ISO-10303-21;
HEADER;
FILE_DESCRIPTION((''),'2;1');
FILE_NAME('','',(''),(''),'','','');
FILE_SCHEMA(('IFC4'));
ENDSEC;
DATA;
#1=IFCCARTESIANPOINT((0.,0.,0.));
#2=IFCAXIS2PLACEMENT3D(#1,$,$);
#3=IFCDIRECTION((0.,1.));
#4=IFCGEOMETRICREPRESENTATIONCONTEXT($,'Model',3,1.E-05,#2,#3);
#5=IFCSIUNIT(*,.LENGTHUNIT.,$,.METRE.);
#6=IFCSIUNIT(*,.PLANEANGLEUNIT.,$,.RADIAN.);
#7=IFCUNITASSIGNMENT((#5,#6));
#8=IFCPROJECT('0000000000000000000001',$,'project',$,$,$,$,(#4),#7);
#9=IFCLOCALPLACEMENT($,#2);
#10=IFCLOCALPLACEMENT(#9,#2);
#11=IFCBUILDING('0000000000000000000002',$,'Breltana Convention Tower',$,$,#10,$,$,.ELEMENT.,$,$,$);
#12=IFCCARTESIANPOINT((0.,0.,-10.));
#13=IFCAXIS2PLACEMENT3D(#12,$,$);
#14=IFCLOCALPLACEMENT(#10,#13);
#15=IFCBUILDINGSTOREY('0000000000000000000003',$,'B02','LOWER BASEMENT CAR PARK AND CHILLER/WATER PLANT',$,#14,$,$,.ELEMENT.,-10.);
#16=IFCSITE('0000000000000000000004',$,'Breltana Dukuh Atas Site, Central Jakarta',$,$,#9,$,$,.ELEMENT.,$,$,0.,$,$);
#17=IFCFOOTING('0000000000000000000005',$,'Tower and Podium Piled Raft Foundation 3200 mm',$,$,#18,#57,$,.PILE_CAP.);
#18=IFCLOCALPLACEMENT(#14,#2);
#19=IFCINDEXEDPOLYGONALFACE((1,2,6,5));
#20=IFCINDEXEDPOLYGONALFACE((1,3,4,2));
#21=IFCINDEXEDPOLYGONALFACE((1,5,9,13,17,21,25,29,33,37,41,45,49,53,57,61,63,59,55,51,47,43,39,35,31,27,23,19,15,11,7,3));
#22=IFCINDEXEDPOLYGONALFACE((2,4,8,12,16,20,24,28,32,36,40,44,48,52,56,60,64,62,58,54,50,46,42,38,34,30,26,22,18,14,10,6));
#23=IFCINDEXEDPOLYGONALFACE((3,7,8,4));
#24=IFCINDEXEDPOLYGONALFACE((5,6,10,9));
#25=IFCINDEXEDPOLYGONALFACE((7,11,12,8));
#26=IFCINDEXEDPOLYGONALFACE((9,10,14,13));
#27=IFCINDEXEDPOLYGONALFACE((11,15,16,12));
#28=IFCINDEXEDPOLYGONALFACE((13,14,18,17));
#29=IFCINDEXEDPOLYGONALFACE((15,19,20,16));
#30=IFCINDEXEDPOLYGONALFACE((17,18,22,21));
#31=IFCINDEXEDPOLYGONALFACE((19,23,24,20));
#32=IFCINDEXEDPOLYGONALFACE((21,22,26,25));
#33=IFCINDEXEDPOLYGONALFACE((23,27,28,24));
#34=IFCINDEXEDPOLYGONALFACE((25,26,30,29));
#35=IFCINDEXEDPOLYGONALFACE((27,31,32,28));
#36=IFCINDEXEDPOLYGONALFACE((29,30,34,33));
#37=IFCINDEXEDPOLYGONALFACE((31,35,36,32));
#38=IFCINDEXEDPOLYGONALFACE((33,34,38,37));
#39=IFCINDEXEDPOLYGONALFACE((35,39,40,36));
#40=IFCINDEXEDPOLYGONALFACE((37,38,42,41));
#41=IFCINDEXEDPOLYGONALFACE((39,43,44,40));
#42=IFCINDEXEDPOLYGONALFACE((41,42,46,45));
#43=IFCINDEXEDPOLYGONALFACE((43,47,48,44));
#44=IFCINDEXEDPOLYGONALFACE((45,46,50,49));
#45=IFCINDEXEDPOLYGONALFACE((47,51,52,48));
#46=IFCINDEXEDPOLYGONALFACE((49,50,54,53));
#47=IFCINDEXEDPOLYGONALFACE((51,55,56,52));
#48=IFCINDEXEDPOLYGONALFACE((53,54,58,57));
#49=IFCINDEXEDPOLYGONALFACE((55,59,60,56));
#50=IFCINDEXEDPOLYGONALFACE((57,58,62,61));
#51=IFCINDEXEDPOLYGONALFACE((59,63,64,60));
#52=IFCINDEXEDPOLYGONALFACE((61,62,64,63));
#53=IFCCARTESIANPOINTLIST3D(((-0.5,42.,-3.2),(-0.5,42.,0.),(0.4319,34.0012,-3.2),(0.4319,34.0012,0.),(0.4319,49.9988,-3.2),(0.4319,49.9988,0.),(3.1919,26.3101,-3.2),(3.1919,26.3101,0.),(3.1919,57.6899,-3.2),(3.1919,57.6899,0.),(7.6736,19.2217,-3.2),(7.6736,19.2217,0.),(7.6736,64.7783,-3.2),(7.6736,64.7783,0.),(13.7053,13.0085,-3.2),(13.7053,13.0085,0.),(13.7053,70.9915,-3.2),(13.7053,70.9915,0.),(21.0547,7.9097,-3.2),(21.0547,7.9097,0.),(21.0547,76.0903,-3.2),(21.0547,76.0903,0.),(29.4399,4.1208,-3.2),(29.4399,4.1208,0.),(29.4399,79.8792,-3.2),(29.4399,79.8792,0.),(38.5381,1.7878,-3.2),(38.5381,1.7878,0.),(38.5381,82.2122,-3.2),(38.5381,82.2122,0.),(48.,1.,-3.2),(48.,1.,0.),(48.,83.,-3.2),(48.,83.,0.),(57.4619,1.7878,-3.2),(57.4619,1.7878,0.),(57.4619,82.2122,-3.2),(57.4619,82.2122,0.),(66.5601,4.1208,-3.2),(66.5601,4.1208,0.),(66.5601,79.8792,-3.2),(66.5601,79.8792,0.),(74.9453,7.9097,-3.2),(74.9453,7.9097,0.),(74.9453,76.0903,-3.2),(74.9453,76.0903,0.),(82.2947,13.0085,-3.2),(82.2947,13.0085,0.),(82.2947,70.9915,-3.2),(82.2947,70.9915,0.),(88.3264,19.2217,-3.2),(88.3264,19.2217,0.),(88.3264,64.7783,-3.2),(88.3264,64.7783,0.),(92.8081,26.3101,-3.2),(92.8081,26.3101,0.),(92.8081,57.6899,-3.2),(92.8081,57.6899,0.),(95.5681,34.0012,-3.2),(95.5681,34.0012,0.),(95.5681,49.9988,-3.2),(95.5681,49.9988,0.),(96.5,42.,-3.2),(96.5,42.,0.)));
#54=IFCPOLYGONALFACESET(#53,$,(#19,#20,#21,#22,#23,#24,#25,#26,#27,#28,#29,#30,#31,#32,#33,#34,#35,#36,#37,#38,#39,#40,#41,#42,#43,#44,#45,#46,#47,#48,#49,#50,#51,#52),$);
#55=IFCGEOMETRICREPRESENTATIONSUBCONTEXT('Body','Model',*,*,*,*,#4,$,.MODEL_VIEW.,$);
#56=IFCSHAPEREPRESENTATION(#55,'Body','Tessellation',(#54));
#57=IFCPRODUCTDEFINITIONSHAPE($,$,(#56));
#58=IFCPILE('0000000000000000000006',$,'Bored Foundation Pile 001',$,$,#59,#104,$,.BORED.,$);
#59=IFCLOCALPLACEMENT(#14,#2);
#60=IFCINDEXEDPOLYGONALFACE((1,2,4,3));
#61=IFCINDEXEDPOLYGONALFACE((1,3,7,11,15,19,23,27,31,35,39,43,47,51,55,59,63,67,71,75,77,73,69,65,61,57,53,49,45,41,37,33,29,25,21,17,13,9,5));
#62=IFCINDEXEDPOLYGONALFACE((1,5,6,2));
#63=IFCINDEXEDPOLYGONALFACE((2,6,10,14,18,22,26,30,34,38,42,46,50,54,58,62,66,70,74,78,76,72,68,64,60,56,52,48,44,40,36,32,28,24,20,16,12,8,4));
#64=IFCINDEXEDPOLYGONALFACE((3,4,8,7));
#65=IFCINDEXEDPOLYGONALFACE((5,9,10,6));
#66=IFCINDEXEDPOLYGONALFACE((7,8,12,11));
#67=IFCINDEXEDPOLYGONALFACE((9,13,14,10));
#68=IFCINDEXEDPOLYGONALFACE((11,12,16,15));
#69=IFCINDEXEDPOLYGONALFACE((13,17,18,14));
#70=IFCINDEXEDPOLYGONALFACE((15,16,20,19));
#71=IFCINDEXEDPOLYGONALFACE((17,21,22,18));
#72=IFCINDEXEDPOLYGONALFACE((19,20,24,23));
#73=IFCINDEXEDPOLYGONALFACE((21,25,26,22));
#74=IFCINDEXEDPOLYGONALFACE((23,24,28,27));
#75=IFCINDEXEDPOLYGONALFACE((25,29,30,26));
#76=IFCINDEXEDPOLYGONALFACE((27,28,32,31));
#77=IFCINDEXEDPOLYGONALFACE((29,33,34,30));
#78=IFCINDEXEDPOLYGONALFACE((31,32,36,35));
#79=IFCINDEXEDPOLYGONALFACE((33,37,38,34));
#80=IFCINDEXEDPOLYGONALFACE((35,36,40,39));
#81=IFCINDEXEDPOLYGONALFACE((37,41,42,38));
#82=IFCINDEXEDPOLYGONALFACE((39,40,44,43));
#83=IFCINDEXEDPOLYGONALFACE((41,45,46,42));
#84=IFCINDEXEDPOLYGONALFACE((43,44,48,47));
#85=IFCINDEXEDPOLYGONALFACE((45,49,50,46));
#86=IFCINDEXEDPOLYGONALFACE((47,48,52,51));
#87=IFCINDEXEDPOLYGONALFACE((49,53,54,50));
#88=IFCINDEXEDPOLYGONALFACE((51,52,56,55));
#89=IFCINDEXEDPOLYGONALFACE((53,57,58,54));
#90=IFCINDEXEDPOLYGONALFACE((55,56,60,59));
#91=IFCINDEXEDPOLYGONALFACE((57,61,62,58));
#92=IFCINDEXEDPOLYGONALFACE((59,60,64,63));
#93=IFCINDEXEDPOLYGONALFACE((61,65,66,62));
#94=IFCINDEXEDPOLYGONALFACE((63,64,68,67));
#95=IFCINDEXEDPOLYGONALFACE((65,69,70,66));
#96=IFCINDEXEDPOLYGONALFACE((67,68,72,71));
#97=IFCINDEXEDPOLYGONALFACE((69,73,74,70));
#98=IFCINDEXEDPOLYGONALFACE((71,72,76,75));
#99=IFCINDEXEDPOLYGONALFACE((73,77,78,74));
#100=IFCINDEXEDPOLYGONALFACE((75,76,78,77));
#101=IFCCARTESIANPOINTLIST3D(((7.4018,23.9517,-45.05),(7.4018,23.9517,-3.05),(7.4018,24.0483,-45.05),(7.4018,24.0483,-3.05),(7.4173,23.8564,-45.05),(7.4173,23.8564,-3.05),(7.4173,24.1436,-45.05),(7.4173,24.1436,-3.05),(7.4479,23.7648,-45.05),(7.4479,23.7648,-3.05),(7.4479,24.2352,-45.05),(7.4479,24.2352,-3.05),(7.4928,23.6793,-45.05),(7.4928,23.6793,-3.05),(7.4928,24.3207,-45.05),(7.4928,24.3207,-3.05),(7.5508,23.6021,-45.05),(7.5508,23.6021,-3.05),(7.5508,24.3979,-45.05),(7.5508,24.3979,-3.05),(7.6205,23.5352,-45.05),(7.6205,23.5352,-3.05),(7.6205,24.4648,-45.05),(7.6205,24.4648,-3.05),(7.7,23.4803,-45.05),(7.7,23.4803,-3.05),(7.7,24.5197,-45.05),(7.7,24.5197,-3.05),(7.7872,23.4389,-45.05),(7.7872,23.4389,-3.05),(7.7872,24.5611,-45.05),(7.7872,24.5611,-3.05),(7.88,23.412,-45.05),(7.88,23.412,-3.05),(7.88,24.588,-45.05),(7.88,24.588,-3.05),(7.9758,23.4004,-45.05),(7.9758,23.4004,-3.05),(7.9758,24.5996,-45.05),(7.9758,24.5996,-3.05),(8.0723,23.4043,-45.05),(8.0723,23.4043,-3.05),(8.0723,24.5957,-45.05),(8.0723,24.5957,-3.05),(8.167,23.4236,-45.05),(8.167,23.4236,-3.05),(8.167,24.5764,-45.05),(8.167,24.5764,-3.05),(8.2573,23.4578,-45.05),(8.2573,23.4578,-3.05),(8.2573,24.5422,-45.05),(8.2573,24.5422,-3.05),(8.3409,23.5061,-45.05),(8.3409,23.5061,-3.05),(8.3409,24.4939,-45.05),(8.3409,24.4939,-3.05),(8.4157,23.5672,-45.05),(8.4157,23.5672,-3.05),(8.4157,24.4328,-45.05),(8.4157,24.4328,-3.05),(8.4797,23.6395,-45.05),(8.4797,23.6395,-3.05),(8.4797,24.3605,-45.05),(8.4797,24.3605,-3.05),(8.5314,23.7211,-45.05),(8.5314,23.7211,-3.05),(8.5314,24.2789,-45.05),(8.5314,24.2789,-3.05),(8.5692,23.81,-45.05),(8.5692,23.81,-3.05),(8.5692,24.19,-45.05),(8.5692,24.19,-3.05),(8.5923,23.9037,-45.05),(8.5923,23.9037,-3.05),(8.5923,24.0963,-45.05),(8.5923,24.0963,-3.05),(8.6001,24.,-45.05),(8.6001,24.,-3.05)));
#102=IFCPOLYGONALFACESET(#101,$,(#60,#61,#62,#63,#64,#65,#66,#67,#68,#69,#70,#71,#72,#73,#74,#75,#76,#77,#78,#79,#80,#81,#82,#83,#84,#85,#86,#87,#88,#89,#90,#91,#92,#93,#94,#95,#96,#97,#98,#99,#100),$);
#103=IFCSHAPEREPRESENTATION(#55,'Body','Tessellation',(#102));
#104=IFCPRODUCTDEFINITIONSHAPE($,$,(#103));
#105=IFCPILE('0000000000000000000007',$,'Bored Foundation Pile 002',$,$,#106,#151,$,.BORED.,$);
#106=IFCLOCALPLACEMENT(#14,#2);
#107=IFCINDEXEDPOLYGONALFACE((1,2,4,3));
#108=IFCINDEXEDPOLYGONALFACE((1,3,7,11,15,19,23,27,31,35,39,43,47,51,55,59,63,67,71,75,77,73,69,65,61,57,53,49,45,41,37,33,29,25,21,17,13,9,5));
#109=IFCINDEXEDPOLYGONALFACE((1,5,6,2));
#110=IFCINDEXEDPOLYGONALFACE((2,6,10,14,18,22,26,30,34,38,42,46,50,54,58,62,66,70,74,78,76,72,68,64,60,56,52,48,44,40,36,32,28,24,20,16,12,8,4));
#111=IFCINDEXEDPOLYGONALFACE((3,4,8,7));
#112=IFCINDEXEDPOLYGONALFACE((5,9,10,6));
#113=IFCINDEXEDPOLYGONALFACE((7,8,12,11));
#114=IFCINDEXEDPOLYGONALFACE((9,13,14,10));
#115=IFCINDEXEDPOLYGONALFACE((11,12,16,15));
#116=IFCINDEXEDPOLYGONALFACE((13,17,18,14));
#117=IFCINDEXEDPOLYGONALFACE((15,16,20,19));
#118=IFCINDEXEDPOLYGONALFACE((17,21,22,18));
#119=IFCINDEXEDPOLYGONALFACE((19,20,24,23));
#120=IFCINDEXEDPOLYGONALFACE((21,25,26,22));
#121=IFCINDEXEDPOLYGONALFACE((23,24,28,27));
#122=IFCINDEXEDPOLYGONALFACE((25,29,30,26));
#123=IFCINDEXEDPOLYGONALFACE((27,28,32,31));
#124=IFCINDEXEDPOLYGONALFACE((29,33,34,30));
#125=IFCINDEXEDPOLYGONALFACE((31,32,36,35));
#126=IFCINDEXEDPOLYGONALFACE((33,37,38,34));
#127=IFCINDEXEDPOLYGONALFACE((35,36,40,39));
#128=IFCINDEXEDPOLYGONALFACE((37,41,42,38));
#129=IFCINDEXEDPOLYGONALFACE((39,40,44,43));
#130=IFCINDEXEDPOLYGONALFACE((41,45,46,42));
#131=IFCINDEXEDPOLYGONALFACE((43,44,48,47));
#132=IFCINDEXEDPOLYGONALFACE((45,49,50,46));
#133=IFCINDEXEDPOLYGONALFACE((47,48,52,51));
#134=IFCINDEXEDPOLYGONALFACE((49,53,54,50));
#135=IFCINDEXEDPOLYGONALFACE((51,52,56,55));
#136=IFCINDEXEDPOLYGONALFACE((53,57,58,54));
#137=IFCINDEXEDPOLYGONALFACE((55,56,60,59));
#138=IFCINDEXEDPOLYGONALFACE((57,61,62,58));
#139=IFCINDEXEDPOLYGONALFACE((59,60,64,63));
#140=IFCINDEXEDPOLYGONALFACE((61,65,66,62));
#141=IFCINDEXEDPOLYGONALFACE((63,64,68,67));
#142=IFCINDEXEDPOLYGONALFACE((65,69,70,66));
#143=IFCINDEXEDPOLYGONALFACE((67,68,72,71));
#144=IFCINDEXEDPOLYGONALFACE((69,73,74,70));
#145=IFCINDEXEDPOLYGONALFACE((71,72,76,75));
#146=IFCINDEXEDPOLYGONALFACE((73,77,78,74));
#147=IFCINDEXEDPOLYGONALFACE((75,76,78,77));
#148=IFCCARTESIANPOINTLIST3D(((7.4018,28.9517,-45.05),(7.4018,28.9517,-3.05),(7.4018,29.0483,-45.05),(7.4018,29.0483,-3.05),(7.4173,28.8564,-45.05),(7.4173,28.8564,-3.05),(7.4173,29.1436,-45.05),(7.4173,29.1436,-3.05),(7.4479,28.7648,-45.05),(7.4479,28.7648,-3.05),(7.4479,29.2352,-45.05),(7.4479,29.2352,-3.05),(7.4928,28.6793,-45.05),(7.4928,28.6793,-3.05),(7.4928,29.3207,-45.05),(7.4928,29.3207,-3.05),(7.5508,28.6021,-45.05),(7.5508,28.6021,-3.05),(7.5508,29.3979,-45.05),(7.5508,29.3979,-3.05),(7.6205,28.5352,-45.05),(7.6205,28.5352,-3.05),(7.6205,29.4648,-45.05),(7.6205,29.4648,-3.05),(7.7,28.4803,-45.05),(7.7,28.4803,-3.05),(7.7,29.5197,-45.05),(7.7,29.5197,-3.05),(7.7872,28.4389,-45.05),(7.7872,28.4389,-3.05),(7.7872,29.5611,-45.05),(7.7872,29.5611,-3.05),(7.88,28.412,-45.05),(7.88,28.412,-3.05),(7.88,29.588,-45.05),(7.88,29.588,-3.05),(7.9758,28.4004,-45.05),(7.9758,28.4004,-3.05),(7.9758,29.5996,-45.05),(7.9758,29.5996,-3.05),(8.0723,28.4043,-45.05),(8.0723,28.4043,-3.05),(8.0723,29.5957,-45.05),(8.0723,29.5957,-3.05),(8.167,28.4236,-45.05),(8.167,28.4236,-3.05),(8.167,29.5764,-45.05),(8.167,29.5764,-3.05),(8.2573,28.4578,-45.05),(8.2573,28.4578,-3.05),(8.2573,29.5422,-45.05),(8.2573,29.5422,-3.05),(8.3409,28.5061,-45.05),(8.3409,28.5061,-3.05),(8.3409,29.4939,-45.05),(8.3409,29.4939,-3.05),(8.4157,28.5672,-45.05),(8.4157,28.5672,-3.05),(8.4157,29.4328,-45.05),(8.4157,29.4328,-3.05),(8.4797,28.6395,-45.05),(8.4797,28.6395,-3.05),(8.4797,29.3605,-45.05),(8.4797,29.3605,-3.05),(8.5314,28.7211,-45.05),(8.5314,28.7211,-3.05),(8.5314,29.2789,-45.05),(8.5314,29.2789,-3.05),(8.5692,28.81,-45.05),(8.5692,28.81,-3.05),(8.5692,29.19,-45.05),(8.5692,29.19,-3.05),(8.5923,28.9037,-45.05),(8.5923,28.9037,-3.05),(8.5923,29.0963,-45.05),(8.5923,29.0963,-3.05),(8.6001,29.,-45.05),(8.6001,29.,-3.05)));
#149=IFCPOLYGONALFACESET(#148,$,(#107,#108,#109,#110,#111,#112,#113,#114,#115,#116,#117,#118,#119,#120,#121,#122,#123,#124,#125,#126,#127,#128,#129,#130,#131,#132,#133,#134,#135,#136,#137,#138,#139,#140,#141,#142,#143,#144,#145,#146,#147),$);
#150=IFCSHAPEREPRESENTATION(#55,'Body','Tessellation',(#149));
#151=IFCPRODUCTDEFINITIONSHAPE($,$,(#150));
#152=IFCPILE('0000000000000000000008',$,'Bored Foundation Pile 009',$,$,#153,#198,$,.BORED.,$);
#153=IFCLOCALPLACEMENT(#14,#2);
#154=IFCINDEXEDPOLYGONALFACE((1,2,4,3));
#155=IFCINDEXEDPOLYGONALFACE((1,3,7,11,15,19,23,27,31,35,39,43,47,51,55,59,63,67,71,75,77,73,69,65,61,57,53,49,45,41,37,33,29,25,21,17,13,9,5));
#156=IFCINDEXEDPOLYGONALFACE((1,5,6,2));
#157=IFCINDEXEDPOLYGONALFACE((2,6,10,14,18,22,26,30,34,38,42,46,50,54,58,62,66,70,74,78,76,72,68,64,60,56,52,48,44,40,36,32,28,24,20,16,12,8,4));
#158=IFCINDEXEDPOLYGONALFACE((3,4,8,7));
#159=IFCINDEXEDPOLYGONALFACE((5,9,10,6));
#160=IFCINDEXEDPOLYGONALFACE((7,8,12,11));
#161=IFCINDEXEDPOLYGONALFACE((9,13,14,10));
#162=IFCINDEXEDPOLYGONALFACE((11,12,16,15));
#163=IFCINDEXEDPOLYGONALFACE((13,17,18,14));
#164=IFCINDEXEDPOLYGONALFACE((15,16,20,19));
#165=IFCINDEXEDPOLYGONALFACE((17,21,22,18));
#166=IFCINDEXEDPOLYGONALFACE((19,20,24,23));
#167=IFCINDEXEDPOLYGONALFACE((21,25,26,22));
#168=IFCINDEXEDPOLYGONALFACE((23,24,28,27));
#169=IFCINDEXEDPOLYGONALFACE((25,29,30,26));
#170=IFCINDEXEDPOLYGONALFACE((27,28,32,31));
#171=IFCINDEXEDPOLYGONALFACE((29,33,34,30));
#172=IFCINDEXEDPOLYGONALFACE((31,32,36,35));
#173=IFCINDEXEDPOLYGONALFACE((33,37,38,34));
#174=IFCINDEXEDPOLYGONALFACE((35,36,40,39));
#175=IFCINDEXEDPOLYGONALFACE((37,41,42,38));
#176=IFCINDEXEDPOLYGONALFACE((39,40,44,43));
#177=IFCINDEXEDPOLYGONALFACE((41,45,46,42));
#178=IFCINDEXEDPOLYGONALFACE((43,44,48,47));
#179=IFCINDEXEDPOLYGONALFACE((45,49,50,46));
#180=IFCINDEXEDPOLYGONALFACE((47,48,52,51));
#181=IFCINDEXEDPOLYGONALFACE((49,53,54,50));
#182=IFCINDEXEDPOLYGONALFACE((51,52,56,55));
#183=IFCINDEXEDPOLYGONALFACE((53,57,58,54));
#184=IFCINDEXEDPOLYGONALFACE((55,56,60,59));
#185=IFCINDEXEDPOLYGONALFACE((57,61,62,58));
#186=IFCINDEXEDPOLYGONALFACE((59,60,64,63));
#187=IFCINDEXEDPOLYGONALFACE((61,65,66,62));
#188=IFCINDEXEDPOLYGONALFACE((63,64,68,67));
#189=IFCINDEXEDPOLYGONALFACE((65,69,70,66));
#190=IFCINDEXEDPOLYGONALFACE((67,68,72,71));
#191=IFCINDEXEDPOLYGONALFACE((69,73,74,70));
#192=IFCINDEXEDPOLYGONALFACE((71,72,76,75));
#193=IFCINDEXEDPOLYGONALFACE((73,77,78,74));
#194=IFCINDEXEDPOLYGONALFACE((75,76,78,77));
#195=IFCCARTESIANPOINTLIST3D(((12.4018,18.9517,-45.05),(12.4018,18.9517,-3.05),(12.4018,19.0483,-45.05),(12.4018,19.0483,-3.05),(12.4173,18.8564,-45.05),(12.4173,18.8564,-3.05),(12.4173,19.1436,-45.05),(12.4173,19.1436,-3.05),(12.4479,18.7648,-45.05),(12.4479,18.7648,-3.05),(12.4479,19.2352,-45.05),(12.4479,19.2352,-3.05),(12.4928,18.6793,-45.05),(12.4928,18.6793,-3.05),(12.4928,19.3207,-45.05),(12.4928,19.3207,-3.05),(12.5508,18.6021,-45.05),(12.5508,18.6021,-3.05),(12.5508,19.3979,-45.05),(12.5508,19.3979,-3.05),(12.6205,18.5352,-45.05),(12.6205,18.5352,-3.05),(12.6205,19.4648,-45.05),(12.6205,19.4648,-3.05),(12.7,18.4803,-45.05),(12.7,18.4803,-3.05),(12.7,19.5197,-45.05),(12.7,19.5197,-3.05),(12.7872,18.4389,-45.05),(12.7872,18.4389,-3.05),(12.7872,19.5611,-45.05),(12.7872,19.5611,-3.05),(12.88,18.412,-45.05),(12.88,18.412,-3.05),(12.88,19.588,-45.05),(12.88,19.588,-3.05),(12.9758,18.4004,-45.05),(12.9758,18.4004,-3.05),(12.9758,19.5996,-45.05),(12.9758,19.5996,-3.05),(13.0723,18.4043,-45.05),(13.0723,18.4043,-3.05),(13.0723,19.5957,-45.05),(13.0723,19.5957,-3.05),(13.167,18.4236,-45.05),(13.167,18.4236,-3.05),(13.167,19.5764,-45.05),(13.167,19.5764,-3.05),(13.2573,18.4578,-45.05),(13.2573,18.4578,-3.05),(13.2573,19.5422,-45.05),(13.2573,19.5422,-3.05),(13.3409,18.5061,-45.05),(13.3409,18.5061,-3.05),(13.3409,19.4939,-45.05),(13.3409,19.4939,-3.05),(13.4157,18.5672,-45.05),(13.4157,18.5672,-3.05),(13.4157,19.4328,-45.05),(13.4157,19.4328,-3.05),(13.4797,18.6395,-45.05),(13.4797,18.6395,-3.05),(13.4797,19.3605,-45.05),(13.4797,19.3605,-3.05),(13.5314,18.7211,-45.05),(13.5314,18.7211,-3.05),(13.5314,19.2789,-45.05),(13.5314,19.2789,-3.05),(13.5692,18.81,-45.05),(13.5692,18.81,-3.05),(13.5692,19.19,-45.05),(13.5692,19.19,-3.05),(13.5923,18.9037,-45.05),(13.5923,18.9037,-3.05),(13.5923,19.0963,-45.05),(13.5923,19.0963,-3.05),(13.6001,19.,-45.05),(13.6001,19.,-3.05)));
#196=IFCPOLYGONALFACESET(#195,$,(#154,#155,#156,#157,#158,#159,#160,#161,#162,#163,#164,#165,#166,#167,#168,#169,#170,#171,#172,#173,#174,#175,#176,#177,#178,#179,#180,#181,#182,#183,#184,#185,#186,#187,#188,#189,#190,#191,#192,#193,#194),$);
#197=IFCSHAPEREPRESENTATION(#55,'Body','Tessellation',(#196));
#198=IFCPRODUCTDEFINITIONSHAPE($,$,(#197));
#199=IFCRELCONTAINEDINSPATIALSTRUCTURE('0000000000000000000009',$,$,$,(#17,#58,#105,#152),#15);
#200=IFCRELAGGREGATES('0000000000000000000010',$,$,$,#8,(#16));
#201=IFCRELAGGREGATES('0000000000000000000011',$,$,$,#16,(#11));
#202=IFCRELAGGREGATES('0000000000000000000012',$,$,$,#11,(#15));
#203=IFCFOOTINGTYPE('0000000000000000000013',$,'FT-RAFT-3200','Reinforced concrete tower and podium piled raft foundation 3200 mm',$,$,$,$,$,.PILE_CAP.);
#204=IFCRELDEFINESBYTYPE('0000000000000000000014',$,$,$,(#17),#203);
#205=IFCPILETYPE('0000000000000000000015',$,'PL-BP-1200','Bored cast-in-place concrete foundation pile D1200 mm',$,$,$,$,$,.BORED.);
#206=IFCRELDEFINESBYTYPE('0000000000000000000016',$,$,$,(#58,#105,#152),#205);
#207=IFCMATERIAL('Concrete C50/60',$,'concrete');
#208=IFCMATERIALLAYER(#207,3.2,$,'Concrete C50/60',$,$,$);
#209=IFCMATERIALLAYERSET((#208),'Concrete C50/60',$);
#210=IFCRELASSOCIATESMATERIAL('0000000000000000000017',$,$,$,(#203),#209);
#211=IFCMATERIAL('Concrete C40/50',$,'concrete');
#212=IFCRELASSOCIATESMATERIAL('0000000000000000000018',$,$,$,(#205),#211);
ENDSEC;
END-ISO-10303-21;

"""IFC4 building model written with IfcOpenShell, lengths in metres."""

from ifc_helpers import new_model, si_unit, direction, frame, origin, origin_2d, place, context, subcontext, project, spatial, polyline, circle, outline, extrude, source, transform, mapped, material, layer, layer_set, material_profile, profile_set, type_object, type_shapes, element, save


model = new_model("IFC4")

# Units and contexts
model_context = context("Model", 3, precision=1e-05, world=origin(), true_north=direction((0.0, 1.0)))
body_context = subcontext(model_context, "Body", "Model", "MODEL_VIEW")
ifc_project = project(units=[si_unit("LENGTHUNIT", "METRE"), si_unit("PLANEANGLEUNIT", "RADIAN")], contexts=[model_context])

# Site, building, storey
site_placement = place(None, origin())
site = spatial("IfcSite", under=ifc_project, at=site_placement, Name="Breltana Dukuh Atas Site, Central Jakarta", CompositionType="ELEMENT", RefElevation=0.0)
building_placement = place(site_placement, origin())
building = spatial("IfcBuilding", under=site, at=building_placement, Name="Breltana Convention Tower", CompositionType="ELEMENT")
storey_placement = place(building_placement, frame((0.0, 0.0, -10.0)))
storey = spatial("IfcBuildingStorey", under=building, at=storey_placement, Name="B02", Description="LOWER BASEMENT CAR PARK AND CHILLER/WATER PLANT", CompositionType="ELEMENT", Elevation=-10.0)

# Footing
ifc_material_1 = material(Name="Concrete C50/60", Category="concrete")
ifc_layer_1 = layer(ifc_material_1, 3.2, Name="Concrete C50/60")
ifc_layer_set_1 = layer_set([ifc_layer_1], Name="Concrete C50/60")
footing_type = type_object("IfcFootingType", Name="FT-RAFT-3200", Description="Reinforced concrete tower and podium piled raft foundation 3200 mm", PredefinedType="PILE_CAP", material=ifc_layer_set_1)
footing_placement = place(storey_placement, frame((0.0, 0.0, -3.2)))
element("IfcFooting", 1, at=footing_placement, inside=storey, type_object=footing_type, Name="Tower and Podium Piled Raft Foundation 3200 mm", PredefinedType="PILE_CAP", context=body_context, shape_type="SweptSolid", body=[
    extrude(outline(polyline([(96.5, 42.0), (95.5681, 49.9988), (92.8081, 57.6899), (88.3264, 64.7783), (82.2947, 70.9915), (74.9453, 76.0903), (66.5601, 79.8792), (57.4619, 82.2122), (48.0, 83.0), (38.5381, 82.2122), (29.4399, 79.8792), (21.0547, 76.0903), (13.7053, 70.9915), (7.6736, 64.7783), (3.1919, 57.6899), (0.4319, 49.9988), (-0.5, 42.0), (0.4319, 34.0012), (3.1919, 26.3101), (7.6736, 19.2217), (13.7053, 13.0085), (21.0547, 7.9097), (29.4399, 4.1208), (38.5381, 1.7878), (48.0, 1.0), (57.4619, 1.7878), (66.5601, 4.1208), (74.9453, 7.9097), (82.2947, 13.0085), (88.3264, 19.2217), (92.8081, 26.3101), (95.5681, 34.0012), (96.5, 42.0)])), origin(), (0.0, 0.0, 1.0), 3.2),
])

# Piles
ifc_material_2 = material(Name="Concrete C40/50", Category="concrete")
ifc_material_profile_1 = material_profile(ifc_material_2, circle(Radius=0.6001, at=origin_2d()), Name="BP-D1200")
ifc_profile_set_1 = profile_set([ifc_material_profile_1], Name="Concrete C40/50")
pile_type = type_object("IfcPileType", Name="PL-BP-1200", Description="Bored cast-in-place concrete foundation pile D1200 mm", PredefinedType="BORED", material=ifc_profile_set_1)
shared_shape_1 = source(origin(), body_context, "Body", "SweptSolid", [
    extrude(circle(Radius=0.6001, at=origin_2d()), origin(), (0.0, 0.0, 1.0), 42.0),
])
type_shapes(pile_type, [shared_shape_1])
for number, where, z_axis, x_axis, name in (
    (2, (8.0, 24.0, -3.05), (0.0, 0.0, -1.0), (1.0, 0.0, 0.0), "Bored Foundation Pile 001"),
    (3, (8.0, 29.0, -3.05), (0.0, 0.0, -1.0), (1.0, 0.0, 0.0), "Bored Foundation Pile 002"),
    (4, (13.0, 19.0, -3.05), (0.0, 0.0, -1.0), (1.0, 0.0, 0.0), "Bored Foundation Pile 009"),
):
    element("IfcPile", number, at=place(storey_placement, frame(where, z_axis=z_axis, x_axis=x_axis)), inside=storey, type_object=pile_type, Name=name, PredefinedType="BORED", context=body_context, shape_type="MappedRepresentation", body=[
        mapped(shared_shape_1, transform((0.0, 0.0, 0.0), scale=1.0)),
    ])

save(model, "model.ifc")
